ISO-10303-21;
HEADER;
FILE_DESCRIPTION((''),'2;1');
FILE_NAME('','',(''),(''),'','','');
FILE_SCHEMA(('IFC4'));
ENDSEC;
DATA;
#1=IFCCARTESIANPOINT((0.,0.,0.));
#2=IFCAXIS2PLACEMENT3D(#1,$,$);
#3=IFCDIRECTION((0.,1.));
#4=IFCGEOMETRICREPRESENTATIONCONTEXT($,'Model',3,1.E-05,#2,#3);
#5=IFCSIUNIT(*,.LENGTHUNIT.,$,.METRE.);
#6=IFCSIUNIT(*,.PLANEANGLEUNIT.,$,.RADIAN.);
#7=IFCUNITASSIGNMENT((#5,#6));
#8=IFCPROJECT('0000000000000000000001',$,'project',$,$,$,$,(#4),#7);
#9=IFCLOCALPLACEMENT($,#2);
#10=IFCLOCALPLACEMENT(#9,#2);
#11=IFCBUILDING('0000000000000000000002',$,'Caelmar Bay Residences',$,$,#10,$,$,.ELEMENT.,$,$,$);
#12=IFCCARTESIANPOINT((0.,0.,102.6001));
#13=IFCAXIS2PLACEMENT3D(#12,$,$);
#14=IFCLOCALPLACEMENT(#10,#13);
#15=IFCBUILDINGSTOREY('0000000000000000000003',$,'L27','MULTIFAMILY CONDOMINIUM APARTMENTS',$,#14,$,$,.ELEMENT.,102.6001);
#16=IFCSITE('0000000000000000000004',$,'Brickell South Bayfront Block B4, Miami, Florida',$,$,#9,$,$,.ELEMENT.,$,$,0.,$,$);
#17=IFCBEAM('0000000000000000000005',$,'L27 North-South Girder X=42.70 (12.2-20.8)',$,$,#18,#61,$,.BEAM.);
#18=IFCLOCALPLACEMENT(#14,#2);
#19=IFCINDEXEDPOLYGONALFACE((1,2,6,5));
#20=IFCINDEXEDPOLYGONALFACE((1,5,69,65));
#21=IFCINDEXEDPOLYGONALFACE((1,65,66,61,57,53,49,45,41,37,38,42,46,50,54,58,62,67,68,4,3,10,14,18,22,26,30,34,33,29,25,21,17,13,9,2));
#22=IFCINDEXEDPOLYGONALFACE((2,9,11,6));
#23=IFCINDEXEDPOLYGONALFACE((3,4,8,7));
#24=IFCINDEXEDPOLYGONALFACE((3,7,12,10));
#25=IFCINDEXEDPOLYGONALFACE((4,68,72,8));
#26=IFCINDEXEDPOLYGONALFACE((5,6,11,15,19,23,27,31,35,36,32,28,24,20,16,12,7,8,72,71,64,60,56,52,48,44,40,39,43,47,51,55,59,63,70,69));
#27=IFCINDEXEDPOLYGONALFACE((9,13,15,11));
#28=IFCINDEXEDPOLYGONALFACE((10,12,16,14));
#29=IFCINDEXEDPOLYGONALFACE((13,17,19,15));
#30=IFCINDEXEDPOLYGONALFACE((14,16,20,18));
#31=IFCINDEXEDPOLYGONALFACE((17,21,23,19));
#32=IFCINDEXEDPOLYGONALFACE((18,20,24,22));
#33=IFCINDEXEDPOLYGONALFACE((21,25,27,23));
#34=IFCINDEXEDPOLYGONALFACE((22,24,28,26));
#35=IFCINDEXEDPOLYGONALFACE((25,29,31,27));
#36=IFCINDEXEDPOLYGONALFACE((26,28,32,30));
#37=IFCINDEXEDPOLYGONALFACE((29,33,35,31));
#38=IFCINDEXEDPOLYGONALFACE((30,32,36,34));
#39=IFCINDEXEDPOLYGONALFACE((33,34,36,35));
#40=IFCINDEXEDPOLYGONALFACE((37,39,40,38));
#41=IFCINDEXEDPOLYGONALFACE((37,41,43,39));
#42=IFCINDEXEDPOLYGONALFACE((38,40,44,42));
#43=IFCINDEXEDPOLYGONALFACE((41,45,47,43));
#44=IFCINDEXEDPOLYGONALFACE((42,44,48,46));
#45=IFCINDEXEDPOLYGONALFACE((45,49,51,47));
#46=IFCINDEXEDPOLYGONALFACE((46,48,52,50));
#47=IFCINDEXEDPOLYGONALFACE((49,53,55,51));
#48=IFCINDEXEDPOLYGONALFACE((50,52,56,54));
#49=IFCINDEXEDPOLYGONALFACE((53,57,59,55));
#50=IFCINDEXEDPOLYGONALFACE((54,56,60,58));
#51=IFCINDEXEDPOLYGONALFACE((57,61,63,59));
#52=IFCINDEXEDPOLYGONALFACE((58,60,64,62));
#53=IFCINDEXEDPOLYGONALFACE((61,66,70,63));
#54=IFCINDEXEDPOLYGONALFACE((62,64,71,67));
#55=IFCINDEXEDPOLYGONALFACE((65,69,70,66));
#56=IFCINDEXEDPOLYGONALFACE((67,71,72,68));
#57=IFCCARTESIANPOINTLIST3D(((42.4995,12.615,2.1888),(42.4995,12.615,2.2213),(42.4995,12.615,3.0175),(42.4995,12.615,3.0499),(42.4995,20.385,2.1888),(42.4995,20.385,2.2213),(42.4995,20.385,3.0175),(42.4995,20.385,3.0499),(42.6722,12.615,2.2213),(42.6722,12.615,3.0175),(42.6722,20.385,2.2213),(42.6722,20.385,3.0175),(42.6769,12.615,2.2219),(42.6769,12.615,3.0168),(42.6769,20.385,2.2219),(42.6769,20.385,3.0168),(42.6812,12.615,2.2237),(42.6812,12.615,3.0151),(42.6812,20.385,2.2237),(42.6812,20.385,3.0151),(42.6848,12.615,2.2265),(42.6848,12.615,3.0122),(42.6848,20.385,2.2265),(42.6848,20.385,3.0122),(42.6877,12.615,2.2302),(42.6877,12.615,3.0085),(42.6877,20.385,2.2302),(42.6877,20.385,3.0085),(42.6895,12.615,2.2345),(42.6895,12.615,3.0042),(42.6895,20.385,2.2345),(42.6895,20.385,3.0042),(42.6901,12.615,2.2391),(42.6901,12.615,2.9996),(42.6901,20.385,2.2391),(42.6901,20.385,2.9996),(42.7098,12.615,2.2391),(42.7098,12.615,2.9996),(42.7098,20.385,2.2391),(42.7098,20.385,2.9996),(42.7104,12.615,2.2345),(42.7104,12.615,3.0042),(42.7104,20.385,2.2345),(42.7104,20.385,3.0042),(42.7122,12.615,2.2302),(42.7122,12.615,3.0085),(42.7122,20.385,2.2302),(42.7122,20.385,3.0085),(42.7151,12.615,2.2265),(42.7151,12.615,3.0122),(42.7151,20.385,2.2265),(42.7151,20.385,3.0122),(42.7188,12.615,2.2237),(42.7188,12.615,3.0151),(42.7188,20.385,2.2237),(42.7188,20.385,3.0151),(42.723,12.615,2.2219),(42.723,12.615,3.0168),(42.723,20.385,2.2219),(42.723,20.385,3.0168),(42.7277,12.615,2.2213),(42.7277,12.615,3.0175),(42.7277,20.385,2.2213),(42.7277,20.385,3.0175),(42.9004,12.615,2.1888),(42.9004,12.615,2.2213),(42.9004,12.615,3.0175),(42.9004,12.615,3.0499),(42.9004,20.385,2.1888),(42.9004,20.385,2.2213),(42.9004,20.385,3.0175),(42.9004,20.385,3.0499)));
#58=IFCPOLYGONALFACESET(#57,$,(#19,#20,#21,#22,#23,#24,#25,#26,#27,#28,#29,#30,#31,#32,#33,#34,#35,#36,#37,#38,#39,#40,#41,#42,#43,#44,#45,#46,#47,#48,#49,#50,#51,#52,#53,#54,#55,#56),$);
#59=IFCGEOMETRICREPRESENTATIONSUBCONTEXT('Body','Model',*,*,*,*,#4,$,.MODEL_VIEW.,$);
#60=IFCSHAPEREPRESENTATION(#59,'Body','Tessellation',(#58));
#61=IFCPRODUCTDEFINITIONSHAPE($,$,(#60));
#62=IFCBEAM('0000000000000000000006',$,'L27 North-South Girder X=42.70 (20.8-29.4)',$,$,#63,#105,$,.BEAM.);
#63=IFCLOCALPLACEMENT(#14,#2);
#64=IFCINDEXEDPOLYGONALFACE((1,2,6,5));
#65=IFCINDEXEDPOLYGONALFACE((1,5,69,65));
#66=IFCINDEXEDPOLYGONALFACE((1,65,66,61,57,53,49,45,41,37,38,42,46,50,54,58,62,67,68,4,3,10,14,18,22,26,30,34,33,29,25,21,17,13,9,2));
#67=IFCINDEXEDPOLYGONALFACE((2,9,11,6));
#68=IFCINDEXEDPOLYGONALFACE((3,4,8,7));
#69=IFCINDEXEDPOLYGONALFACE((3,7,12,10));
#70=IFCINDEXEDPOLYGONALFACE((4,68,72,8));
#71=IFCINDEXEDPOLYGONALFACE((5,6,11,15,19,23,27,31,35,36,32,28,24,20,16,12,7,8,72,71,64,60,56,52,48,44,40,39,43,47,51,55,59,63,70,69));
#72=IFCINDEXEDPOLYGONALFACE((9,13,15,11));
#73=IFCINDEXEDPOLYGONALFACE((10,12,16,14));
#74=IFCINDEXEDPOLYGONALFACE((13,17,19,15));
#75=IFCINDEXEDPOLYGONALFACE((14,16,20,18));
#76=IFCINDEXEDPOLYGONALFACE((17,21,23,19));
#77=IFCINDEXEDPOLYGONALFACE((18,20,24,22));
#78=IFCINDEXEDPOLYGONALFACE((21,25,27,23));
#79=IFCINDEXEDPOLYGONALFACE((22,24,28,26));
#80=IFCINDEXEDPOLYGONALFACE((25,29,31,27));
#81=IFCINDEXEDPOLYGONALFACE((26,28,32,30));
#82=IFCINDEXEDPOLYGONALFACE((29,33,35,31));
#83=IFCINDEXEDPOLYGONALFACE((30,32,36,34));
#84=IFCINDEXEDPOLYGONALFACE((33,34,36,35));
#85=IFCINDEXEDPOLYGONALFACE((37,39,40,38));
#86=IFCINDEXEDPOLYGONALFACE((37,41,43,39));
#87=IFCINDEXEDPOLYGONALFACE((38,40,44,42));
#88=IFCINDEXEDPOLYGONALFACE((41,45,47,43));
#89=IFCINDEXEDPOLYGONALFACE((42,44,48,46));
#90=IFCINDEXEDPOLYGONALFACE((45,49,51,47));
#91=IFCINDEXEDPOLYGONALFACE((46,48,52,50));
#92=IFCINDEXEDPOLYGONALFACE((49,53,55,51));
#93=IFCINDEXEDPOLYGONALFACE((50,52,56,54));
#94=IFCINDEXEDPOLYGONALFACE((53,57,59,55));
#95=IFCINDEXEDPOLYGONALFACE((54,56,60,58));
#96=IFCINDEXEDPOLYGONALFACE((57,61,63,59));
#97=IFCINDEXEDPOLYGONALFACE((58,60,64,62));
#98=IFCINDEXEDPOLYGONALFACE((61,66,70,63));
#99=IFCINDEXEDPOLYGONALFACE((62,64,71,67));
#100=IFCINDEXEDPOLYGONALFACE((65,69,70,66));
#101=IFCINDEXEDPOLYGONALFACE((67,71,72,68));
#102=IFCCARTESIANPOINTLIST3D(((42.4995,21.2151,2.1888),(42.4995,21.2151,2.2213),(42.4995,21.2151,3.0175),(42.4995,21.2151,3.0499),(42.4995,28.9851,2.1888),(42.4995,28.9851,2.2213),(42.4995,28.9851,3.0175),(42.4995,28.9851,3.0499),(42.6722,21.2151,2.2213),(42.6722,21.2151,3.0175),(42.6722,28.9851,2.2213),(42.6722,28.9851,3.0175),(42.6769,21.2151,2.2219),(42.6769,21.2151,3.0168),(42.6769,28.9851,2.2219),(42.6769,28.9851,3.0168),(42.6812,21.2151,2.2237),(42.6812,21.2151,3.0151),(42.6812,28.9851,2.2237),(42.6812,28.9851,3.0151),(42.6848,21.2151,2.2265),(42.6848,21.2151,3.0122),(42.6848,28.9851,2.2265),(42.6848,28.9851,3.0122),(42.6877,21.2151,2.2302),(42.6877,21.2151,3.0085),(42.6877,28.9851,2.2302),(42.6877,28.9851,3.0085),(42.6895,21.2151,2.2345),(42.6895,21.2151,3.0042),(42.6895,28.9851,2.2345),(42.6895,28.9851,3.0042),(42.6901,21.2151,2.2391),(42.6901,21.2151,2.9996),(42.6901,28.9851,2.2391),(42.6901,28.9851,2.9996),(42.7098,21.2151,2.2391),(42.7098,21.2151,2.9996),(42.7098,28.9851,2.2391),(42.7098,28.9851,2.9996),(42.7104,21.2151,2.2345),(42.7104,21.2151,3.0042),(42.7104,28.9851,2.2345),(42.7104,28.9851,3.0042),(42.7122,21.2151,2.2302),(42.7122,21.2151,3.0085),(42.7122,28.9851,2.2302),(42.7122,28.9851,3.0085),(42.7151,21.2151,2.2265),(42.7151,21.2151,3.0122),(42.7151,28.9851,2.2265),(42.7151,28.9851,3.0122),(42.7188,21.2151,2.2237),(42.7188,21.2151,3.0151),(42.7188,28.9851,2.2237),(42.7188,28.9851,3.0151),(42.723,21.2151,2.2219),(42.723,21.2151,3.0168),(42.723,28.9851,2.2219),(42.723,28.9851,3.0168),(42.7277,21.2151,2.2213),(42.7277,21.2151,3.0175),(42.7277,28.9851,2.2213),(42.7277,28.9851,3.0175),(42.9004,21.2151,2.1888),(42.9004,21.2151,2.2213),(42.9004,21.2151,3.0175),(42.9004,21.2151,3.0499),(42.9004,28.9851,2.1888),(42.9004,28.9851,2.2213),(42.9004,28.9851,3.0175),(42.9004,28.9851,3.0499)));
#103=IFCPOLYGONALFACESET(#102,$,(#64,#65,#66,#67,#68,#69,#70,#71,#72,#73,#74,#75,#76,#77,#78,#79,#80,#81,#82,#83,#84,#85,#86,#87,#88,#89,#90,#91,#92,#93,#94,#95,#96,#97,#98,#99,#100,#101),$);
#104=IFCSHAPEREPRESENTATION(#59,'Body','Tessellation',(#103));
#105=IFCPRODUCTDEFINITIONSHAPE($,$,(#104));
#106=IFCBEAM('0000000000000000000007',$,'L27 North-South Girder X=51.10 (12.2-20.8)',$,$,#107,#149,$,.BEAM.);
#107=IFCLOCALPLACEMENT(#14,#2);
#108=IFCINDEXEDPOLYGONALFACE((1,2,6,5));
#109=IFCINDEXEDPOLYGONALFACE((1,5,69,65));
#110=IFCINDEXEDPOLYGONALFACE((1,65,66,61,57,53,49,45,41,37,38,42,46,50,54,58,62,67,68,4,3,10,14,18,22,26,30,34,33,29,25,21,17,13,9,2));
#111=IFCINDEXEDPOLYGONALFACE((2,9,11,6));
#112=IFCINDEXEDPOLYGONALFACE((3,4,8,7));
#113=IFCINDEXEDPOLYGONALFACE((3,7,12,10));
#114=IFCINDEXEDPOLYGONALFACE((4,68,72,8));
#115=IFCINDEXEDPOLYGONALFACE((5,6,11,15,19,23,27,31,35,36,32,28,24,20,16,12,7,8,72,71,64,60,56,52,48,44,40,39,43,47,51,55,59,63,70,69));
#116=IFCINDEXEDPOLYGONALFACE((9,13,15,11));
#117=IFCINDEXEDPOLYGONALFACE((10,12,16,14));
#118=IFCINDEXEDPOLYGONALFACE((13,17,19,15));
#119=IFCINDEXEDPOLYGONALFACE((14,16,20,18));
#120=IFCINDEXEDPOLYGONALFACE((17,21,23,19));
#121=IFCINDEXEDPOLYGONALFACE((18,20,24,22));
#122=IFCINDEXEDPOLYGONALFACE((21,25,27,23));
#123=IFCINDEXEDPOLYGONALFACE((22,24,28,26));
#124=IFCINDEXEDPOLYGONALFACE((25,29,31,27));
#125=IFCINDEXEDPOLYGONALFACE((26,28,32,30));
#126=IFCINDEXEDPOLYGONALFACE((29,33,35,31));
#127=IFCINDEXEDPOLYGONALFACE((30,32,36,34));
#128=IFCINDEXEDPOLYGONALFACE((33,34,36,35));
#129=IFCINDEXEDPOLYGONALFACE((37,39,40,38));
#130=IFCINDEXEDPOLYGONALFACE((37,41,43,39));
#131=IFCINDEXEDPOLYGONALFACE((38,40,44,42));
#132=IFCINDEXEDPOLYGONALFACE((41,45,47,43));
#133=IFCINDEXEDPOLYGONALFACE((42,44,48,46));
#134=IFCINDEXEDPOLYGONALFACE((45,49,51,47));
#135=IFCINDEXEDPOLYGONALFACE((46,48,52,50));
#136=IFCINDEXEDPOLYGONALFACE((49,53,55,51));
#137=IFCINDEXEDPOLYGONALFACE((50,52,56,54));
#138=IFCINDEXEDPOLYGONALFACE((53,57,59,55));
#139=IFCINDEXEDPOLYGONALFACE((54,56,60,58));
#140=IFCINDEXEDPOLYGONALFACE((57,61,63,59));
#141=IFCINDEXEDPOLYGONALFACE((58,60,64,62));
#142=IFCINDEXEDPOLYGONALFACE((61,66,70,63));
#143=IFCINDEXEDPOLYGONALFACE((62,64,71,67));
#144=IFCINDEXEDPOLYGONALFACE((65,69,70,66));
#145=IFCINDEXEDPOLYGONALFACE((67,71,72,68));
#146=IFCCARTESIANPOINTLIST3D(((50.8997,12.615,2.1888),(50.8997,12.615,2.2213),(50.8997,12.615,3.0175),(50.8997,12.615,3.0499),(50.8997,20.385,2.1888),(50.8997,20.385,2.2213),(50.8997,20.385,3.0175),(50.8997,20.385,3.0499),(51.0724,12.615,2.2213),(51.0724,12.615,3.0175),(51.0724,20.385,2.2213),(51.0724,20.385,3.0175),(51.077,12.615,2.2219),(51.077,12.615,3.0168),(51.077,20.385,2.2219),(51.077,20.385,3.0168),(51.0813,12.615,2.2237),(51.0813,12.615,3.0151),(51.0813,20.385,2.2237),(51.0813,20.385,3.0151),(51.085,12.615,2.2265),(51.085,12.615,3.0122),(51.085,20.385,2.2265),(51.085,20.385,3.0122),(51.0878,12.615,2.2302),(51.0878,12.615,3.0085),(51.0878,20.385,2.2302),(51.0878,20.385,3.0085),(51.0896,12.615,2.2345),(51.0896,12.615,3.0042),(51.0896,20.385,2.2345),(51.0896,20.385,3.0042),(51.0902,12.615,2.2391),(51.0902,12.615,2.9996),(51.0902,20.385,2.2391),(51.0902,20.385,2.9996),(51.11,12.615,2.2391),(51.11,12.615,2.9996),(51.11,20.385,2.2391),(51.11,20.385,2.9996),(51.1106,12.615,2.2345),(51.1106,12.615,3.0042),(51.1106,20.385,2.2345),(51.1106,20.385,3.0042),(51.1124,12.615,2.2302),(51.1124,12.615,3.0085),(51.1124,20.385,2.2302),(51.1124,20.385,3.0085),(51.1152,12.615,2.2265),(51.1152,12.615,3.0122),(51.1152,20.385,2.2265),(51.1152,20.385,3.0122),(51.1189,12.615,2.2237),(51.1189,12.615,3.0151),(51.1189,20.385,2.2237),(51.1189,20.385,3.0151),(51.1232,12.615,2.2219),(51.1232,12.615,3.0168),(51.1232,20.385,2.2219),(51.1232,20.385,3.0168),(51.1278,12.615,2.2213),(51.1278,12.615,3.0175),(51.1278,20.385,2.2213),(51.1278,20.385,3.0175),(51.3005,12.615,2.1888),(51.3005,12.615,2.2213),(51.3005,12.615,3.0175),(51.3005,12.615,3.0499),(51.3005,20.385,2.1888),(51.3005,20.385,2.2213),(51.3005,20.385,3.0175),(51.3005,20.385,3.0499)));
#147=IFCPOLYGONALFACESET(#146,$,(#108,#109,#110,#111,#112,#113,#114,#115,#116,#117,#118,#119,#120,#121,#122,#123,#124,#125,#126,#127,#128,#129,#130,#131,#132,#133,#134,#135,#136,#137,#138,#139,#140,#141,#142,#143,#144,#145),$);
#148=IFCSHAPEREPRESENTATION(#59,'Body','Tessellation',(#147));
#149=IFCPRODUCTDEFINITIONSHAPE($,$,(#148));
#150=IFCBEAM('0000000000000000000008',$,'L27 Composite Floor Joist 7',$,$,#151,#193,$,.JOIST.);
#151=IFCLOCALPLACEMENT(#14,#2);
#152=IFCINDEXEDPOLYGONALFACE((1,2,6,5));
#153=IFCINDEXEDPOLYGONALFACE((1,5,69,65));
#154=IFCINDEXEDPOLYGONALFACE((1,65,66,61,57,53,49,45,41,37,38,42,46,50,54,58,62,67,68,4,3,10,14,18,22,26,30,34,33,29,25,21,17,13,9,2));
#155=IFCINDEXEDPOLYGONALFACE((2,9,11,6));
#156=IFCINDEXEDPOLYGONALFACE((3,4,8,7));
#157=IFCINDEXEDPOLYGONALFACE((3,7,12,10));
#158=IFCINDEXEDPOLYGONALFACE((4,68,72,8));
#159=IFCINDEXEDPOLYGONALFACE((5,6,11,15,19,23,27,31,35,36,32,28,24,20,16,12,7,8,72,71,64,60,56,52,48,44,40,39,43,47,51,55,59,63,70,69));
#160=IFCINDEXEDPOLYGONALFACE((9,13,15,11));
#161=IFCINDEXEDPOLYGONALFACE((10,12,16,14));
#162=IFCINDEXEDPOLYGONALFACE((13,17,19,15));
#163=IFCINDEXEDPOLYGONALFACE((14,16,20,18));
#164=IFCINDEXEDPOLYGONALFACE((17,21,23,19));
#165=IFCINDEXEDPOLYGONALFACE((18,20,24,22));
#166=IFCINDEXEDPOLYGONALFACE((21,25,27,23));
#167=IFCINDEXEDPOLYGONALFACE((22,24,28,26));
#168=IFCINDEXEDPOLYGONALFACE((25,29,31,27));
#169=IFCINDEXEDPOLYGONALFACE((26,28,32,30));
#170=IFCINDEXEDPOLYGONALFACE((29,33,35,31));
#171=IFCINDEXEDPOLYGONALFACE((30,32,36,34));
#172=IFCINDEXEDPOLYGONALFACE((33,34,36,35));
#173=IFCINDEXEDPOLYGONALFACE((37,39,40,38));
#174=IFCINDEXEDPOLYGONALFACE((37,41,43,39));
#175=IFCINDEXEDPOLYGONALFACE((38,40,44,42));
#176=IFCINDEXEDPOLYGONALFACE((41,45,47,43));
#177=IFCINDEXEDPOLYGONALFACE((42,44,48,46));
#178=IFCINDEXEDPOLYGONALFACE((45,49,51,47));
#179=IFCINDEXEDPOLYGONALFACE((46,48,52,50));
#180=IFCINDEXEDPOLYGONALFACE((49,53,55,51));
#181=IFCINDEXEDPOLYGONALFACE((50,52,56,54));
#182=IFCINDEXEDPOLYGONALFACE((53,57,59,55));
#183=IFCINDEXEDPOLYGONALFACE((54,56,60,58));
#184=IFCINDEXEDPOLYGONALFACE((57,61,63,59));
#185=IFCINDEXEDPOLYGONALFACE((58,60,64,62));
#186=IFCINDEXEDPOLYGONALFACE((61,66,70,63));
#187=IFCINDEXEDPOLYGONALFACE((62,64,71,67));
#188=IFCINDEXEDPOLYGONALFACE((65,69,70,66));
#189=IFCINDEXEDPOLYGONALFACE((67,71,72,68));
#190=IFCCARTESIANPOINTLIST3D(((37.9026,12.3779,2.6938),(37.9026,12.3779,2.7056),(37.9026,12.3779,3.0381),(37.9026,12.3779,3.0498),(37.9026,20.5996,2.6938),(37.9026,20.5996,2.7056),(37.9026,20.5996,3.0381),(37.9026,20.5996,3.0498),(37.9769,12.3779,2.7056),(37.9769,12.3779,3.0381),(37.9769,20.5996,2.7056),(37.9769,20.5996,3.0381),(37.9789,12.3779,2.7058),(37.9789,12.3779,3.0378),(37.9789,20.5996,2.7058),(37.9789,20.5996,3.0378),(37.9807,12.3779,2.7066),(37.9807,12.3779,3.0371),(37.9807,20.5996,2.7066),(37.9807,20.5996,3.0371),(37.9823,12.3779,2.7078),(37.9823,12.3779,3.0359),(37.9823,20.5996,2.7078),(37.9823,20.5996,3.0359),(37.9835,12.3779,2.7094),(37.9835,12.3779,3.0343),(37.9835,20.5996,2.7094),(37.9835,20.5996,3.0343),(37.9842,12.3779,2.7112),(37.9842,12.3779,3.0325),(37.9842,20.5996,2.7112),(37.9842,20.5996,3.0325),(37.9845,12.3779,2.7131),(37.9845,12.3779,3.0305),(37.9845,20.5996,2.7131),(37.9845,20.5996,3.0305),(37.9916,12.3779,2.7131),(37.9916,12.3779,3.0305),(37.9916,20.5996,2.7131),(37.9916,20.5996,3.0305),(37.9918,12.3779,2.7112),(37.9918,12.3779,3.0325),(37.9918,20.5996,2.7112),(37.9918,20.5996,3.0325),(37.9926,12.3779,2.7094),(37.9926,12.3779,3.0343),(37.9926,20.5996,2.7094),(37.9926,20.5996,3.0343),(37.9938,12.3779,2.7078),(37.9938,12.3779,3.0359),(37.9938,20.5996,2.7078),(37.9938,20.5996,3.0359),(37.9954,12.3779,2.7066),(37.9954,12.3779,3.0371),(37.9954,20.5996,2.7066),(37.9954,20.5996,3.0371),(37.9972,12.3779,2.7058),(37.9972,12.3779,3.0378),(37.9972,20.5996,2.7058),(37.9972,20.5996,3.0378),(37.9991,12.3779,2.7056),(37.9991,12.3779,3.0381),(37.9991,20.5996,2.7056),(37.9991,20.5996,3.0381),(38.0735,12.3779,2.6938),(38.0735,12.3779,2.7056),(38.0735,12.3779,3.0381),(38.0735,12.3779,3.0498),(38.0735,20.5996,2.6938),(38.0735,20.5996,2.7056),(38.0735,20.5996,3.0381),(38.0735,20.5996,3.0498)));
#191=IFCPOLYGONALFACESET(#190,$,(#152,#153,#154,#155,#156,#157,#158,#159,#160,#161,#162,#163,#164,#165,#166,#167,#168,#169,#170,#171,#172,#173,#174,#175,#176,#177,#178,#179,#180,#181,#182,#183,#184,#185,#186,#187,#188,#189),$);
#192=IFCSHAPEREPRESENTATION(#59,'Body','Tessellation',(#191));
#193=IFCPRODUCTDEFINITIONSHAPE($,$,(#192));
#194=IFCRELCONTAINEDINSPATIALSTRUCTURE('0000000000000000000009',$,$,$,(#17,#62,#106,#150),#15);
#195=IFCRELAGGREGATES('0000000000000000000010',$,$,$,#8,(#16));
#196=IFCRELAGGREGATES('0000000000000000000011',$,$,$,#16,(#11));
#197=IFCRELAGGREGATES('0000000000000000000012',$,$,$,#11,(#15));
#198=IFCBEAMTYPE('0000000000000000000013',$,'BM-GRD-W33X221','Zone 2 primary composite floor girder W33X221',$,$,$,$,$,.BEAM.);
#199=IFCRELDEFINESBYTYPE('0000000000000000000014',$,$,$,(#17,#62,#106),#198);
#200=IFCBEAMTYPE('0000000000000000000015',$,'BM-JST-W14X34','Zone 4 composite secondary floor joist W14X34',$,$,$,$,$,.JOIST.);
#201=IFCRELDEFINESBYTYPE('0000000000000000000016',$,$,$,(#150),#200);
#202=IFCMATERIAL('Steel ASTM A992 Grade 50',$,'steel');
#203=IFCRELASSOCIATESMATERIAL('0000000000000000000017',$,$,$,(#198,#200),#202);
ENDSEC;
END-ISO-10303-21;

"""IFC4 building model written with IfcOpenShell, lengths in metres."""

from ifc_helpers import new_model, si_unit, direction, frame, origin, origin_2d, place, context, subcontext, project, spatial, i_section, extrude, material, material_profile, profile_set, type_object, element, save


model = new_model("IFC4")

# Units and contexts
model_context = context("Model", 3, precision=1e-05, world=origin(), true_north=direction((0.0, 1.0)))
body_context = subcontext(model_context, "Body", "Model", "MODEL_VIEW")
ifc_project = project(units=[si_unit("LENGTHUNIT", "METRE"), si_unit("PLANEANGLEUNIT", "RADIAN")], contexts=[model_context])

# Site, building, storey
site_placement = place(None, origin())
site = spatial("IfcSite", under=ifc_project, at=site_placement, Name="Brickell South Bayfront Block B4, Miami, Florida", CompositionType="ELEMENT", RefElevation=0.0)
building_placement = place(site_placement, origin())
building = spatial("IfcBuilding", under=site, at=building_placement, Name="Caelmar Bay Residences", CompositionType="ELEMENT")
storey_placement = place(building_placement, frame((0.0, 0.0, 102.6001)))
storey = spatial("IfcBuildingStorey", under=building, at=storey_placement, Name="L27", Description="MULTIFAMILY CONDOMINIUM APARTMENTS", CompositionType="ELEMENT", Elevation=102.6001)

# Beams
ifc_material_1 = material(Name="Steel ASTM A992 Grade 50", Category="steel")
ifc_material_profile_1 = material_profile(ifc_material_1, i_section(OverallWidth=0.4009, OverallDepth=0.8611, WebThickness=0.0198, FlangeThickness=0.0325, FilletRadius=0.0178, at=origin_2d()), Name="W33X221")
ifc_profile_set_1 = profile_set([ifc_material_profile_1], Name="Steel ASTM A992 Grade 50")
beam_type_1 = type_object("IfcBeamType", Name="BM-GRD-W33X221", Description="Zone 2 primary composite floor girder W33X221", PredefinedType="BEAM", material=ifc_profile_set_1)
for number, where, z_axis, x_axis, name in (
    (1, (42.7, 12.615, 2.6194), (0.0, 1.0, 0.0), (-1.0, 0.0, 0.0), "L27 North-South Girder X=42.70 (12.2-20.8)"),
    (2, (42.7, 21.2151, 2.6194), (0.0, 1.0, 0.0), (-1.0, 0.0, 0.0), "L27 North-South Girder X=42.70 (20.8-29.4)"),
    (3, (51.1001, 12.615, 2.6194), (0.0, 1.0, 0.0), (-1.0, 0.0, 0.0), "L27 North-South Girder X=51.10 (12.2-20.8)"),
):
    element("IfcBeam", number, at=place(storey_placement, frame(where, z_axis=z_axis, x_axis=x_axis)), inside=storey, type_object=beam_type_1, Name=name, PredefinedType="BEAM", context=body_context, shape_type="SweptSolid", body=[
        extrude(i_section(OverallWidth=0.4009, OverallDepth=0.8611, WebThickness=0.0198, FlangeThickness=0.0325, FilletRadius=0.0178, at=origin_2d()), origin(), (0.0, 0.0, 1.0), 7.77),
    ])
ifc_material_profile_2 = material_profile(ifc_material_1, i_section(OverallWidth=0.1709, OverallDepth=0.356, WebThickness=0.0071, FlangeThickness=0.0117, FilletRadius=0.0076, at=origin_2d()), Name="W14X34")
ifc_profile_set_2 = profile_set([ifc_material_profile_2], Name="Steel ASTM A992 Grade 50")
beam_type_2 = type_object("IfcBeamType", Name="BM-JST-W14X34", Description="Zone 4 composite secondary floor joist W14X34", PredefinedType="JOIST", material=ifc_profile_set_2)
for number, where, z_axis, x_axis, name in (
    (4, (37.988, 12.3779, 2.8718), (0.0, 1.0, 0.0), (-1.0, 0.0, 0.0), "L27 Composite Floor Joist 7"),
):
    element("IfcBeam", number, at=place(storey_placement, frame(where, z_axis=z_axis, x_axis=x_axis)), inside=storey, type_object=beam_type_2, Name=name, PredefinedType="JOIST", context=body_context, shape_type="SweptSolid", body=[
        extrude(i_section(OverallWidth=0.1709, OverallDepth=0.356, WebThickness=0.0071, FlangeThickness=0.0117, FilletRadius=0.0076, at=origin_2d()), origin(), (0.0, 0.0, 1.0), 8.2217),
    ])

save(model, "model.ifc")
